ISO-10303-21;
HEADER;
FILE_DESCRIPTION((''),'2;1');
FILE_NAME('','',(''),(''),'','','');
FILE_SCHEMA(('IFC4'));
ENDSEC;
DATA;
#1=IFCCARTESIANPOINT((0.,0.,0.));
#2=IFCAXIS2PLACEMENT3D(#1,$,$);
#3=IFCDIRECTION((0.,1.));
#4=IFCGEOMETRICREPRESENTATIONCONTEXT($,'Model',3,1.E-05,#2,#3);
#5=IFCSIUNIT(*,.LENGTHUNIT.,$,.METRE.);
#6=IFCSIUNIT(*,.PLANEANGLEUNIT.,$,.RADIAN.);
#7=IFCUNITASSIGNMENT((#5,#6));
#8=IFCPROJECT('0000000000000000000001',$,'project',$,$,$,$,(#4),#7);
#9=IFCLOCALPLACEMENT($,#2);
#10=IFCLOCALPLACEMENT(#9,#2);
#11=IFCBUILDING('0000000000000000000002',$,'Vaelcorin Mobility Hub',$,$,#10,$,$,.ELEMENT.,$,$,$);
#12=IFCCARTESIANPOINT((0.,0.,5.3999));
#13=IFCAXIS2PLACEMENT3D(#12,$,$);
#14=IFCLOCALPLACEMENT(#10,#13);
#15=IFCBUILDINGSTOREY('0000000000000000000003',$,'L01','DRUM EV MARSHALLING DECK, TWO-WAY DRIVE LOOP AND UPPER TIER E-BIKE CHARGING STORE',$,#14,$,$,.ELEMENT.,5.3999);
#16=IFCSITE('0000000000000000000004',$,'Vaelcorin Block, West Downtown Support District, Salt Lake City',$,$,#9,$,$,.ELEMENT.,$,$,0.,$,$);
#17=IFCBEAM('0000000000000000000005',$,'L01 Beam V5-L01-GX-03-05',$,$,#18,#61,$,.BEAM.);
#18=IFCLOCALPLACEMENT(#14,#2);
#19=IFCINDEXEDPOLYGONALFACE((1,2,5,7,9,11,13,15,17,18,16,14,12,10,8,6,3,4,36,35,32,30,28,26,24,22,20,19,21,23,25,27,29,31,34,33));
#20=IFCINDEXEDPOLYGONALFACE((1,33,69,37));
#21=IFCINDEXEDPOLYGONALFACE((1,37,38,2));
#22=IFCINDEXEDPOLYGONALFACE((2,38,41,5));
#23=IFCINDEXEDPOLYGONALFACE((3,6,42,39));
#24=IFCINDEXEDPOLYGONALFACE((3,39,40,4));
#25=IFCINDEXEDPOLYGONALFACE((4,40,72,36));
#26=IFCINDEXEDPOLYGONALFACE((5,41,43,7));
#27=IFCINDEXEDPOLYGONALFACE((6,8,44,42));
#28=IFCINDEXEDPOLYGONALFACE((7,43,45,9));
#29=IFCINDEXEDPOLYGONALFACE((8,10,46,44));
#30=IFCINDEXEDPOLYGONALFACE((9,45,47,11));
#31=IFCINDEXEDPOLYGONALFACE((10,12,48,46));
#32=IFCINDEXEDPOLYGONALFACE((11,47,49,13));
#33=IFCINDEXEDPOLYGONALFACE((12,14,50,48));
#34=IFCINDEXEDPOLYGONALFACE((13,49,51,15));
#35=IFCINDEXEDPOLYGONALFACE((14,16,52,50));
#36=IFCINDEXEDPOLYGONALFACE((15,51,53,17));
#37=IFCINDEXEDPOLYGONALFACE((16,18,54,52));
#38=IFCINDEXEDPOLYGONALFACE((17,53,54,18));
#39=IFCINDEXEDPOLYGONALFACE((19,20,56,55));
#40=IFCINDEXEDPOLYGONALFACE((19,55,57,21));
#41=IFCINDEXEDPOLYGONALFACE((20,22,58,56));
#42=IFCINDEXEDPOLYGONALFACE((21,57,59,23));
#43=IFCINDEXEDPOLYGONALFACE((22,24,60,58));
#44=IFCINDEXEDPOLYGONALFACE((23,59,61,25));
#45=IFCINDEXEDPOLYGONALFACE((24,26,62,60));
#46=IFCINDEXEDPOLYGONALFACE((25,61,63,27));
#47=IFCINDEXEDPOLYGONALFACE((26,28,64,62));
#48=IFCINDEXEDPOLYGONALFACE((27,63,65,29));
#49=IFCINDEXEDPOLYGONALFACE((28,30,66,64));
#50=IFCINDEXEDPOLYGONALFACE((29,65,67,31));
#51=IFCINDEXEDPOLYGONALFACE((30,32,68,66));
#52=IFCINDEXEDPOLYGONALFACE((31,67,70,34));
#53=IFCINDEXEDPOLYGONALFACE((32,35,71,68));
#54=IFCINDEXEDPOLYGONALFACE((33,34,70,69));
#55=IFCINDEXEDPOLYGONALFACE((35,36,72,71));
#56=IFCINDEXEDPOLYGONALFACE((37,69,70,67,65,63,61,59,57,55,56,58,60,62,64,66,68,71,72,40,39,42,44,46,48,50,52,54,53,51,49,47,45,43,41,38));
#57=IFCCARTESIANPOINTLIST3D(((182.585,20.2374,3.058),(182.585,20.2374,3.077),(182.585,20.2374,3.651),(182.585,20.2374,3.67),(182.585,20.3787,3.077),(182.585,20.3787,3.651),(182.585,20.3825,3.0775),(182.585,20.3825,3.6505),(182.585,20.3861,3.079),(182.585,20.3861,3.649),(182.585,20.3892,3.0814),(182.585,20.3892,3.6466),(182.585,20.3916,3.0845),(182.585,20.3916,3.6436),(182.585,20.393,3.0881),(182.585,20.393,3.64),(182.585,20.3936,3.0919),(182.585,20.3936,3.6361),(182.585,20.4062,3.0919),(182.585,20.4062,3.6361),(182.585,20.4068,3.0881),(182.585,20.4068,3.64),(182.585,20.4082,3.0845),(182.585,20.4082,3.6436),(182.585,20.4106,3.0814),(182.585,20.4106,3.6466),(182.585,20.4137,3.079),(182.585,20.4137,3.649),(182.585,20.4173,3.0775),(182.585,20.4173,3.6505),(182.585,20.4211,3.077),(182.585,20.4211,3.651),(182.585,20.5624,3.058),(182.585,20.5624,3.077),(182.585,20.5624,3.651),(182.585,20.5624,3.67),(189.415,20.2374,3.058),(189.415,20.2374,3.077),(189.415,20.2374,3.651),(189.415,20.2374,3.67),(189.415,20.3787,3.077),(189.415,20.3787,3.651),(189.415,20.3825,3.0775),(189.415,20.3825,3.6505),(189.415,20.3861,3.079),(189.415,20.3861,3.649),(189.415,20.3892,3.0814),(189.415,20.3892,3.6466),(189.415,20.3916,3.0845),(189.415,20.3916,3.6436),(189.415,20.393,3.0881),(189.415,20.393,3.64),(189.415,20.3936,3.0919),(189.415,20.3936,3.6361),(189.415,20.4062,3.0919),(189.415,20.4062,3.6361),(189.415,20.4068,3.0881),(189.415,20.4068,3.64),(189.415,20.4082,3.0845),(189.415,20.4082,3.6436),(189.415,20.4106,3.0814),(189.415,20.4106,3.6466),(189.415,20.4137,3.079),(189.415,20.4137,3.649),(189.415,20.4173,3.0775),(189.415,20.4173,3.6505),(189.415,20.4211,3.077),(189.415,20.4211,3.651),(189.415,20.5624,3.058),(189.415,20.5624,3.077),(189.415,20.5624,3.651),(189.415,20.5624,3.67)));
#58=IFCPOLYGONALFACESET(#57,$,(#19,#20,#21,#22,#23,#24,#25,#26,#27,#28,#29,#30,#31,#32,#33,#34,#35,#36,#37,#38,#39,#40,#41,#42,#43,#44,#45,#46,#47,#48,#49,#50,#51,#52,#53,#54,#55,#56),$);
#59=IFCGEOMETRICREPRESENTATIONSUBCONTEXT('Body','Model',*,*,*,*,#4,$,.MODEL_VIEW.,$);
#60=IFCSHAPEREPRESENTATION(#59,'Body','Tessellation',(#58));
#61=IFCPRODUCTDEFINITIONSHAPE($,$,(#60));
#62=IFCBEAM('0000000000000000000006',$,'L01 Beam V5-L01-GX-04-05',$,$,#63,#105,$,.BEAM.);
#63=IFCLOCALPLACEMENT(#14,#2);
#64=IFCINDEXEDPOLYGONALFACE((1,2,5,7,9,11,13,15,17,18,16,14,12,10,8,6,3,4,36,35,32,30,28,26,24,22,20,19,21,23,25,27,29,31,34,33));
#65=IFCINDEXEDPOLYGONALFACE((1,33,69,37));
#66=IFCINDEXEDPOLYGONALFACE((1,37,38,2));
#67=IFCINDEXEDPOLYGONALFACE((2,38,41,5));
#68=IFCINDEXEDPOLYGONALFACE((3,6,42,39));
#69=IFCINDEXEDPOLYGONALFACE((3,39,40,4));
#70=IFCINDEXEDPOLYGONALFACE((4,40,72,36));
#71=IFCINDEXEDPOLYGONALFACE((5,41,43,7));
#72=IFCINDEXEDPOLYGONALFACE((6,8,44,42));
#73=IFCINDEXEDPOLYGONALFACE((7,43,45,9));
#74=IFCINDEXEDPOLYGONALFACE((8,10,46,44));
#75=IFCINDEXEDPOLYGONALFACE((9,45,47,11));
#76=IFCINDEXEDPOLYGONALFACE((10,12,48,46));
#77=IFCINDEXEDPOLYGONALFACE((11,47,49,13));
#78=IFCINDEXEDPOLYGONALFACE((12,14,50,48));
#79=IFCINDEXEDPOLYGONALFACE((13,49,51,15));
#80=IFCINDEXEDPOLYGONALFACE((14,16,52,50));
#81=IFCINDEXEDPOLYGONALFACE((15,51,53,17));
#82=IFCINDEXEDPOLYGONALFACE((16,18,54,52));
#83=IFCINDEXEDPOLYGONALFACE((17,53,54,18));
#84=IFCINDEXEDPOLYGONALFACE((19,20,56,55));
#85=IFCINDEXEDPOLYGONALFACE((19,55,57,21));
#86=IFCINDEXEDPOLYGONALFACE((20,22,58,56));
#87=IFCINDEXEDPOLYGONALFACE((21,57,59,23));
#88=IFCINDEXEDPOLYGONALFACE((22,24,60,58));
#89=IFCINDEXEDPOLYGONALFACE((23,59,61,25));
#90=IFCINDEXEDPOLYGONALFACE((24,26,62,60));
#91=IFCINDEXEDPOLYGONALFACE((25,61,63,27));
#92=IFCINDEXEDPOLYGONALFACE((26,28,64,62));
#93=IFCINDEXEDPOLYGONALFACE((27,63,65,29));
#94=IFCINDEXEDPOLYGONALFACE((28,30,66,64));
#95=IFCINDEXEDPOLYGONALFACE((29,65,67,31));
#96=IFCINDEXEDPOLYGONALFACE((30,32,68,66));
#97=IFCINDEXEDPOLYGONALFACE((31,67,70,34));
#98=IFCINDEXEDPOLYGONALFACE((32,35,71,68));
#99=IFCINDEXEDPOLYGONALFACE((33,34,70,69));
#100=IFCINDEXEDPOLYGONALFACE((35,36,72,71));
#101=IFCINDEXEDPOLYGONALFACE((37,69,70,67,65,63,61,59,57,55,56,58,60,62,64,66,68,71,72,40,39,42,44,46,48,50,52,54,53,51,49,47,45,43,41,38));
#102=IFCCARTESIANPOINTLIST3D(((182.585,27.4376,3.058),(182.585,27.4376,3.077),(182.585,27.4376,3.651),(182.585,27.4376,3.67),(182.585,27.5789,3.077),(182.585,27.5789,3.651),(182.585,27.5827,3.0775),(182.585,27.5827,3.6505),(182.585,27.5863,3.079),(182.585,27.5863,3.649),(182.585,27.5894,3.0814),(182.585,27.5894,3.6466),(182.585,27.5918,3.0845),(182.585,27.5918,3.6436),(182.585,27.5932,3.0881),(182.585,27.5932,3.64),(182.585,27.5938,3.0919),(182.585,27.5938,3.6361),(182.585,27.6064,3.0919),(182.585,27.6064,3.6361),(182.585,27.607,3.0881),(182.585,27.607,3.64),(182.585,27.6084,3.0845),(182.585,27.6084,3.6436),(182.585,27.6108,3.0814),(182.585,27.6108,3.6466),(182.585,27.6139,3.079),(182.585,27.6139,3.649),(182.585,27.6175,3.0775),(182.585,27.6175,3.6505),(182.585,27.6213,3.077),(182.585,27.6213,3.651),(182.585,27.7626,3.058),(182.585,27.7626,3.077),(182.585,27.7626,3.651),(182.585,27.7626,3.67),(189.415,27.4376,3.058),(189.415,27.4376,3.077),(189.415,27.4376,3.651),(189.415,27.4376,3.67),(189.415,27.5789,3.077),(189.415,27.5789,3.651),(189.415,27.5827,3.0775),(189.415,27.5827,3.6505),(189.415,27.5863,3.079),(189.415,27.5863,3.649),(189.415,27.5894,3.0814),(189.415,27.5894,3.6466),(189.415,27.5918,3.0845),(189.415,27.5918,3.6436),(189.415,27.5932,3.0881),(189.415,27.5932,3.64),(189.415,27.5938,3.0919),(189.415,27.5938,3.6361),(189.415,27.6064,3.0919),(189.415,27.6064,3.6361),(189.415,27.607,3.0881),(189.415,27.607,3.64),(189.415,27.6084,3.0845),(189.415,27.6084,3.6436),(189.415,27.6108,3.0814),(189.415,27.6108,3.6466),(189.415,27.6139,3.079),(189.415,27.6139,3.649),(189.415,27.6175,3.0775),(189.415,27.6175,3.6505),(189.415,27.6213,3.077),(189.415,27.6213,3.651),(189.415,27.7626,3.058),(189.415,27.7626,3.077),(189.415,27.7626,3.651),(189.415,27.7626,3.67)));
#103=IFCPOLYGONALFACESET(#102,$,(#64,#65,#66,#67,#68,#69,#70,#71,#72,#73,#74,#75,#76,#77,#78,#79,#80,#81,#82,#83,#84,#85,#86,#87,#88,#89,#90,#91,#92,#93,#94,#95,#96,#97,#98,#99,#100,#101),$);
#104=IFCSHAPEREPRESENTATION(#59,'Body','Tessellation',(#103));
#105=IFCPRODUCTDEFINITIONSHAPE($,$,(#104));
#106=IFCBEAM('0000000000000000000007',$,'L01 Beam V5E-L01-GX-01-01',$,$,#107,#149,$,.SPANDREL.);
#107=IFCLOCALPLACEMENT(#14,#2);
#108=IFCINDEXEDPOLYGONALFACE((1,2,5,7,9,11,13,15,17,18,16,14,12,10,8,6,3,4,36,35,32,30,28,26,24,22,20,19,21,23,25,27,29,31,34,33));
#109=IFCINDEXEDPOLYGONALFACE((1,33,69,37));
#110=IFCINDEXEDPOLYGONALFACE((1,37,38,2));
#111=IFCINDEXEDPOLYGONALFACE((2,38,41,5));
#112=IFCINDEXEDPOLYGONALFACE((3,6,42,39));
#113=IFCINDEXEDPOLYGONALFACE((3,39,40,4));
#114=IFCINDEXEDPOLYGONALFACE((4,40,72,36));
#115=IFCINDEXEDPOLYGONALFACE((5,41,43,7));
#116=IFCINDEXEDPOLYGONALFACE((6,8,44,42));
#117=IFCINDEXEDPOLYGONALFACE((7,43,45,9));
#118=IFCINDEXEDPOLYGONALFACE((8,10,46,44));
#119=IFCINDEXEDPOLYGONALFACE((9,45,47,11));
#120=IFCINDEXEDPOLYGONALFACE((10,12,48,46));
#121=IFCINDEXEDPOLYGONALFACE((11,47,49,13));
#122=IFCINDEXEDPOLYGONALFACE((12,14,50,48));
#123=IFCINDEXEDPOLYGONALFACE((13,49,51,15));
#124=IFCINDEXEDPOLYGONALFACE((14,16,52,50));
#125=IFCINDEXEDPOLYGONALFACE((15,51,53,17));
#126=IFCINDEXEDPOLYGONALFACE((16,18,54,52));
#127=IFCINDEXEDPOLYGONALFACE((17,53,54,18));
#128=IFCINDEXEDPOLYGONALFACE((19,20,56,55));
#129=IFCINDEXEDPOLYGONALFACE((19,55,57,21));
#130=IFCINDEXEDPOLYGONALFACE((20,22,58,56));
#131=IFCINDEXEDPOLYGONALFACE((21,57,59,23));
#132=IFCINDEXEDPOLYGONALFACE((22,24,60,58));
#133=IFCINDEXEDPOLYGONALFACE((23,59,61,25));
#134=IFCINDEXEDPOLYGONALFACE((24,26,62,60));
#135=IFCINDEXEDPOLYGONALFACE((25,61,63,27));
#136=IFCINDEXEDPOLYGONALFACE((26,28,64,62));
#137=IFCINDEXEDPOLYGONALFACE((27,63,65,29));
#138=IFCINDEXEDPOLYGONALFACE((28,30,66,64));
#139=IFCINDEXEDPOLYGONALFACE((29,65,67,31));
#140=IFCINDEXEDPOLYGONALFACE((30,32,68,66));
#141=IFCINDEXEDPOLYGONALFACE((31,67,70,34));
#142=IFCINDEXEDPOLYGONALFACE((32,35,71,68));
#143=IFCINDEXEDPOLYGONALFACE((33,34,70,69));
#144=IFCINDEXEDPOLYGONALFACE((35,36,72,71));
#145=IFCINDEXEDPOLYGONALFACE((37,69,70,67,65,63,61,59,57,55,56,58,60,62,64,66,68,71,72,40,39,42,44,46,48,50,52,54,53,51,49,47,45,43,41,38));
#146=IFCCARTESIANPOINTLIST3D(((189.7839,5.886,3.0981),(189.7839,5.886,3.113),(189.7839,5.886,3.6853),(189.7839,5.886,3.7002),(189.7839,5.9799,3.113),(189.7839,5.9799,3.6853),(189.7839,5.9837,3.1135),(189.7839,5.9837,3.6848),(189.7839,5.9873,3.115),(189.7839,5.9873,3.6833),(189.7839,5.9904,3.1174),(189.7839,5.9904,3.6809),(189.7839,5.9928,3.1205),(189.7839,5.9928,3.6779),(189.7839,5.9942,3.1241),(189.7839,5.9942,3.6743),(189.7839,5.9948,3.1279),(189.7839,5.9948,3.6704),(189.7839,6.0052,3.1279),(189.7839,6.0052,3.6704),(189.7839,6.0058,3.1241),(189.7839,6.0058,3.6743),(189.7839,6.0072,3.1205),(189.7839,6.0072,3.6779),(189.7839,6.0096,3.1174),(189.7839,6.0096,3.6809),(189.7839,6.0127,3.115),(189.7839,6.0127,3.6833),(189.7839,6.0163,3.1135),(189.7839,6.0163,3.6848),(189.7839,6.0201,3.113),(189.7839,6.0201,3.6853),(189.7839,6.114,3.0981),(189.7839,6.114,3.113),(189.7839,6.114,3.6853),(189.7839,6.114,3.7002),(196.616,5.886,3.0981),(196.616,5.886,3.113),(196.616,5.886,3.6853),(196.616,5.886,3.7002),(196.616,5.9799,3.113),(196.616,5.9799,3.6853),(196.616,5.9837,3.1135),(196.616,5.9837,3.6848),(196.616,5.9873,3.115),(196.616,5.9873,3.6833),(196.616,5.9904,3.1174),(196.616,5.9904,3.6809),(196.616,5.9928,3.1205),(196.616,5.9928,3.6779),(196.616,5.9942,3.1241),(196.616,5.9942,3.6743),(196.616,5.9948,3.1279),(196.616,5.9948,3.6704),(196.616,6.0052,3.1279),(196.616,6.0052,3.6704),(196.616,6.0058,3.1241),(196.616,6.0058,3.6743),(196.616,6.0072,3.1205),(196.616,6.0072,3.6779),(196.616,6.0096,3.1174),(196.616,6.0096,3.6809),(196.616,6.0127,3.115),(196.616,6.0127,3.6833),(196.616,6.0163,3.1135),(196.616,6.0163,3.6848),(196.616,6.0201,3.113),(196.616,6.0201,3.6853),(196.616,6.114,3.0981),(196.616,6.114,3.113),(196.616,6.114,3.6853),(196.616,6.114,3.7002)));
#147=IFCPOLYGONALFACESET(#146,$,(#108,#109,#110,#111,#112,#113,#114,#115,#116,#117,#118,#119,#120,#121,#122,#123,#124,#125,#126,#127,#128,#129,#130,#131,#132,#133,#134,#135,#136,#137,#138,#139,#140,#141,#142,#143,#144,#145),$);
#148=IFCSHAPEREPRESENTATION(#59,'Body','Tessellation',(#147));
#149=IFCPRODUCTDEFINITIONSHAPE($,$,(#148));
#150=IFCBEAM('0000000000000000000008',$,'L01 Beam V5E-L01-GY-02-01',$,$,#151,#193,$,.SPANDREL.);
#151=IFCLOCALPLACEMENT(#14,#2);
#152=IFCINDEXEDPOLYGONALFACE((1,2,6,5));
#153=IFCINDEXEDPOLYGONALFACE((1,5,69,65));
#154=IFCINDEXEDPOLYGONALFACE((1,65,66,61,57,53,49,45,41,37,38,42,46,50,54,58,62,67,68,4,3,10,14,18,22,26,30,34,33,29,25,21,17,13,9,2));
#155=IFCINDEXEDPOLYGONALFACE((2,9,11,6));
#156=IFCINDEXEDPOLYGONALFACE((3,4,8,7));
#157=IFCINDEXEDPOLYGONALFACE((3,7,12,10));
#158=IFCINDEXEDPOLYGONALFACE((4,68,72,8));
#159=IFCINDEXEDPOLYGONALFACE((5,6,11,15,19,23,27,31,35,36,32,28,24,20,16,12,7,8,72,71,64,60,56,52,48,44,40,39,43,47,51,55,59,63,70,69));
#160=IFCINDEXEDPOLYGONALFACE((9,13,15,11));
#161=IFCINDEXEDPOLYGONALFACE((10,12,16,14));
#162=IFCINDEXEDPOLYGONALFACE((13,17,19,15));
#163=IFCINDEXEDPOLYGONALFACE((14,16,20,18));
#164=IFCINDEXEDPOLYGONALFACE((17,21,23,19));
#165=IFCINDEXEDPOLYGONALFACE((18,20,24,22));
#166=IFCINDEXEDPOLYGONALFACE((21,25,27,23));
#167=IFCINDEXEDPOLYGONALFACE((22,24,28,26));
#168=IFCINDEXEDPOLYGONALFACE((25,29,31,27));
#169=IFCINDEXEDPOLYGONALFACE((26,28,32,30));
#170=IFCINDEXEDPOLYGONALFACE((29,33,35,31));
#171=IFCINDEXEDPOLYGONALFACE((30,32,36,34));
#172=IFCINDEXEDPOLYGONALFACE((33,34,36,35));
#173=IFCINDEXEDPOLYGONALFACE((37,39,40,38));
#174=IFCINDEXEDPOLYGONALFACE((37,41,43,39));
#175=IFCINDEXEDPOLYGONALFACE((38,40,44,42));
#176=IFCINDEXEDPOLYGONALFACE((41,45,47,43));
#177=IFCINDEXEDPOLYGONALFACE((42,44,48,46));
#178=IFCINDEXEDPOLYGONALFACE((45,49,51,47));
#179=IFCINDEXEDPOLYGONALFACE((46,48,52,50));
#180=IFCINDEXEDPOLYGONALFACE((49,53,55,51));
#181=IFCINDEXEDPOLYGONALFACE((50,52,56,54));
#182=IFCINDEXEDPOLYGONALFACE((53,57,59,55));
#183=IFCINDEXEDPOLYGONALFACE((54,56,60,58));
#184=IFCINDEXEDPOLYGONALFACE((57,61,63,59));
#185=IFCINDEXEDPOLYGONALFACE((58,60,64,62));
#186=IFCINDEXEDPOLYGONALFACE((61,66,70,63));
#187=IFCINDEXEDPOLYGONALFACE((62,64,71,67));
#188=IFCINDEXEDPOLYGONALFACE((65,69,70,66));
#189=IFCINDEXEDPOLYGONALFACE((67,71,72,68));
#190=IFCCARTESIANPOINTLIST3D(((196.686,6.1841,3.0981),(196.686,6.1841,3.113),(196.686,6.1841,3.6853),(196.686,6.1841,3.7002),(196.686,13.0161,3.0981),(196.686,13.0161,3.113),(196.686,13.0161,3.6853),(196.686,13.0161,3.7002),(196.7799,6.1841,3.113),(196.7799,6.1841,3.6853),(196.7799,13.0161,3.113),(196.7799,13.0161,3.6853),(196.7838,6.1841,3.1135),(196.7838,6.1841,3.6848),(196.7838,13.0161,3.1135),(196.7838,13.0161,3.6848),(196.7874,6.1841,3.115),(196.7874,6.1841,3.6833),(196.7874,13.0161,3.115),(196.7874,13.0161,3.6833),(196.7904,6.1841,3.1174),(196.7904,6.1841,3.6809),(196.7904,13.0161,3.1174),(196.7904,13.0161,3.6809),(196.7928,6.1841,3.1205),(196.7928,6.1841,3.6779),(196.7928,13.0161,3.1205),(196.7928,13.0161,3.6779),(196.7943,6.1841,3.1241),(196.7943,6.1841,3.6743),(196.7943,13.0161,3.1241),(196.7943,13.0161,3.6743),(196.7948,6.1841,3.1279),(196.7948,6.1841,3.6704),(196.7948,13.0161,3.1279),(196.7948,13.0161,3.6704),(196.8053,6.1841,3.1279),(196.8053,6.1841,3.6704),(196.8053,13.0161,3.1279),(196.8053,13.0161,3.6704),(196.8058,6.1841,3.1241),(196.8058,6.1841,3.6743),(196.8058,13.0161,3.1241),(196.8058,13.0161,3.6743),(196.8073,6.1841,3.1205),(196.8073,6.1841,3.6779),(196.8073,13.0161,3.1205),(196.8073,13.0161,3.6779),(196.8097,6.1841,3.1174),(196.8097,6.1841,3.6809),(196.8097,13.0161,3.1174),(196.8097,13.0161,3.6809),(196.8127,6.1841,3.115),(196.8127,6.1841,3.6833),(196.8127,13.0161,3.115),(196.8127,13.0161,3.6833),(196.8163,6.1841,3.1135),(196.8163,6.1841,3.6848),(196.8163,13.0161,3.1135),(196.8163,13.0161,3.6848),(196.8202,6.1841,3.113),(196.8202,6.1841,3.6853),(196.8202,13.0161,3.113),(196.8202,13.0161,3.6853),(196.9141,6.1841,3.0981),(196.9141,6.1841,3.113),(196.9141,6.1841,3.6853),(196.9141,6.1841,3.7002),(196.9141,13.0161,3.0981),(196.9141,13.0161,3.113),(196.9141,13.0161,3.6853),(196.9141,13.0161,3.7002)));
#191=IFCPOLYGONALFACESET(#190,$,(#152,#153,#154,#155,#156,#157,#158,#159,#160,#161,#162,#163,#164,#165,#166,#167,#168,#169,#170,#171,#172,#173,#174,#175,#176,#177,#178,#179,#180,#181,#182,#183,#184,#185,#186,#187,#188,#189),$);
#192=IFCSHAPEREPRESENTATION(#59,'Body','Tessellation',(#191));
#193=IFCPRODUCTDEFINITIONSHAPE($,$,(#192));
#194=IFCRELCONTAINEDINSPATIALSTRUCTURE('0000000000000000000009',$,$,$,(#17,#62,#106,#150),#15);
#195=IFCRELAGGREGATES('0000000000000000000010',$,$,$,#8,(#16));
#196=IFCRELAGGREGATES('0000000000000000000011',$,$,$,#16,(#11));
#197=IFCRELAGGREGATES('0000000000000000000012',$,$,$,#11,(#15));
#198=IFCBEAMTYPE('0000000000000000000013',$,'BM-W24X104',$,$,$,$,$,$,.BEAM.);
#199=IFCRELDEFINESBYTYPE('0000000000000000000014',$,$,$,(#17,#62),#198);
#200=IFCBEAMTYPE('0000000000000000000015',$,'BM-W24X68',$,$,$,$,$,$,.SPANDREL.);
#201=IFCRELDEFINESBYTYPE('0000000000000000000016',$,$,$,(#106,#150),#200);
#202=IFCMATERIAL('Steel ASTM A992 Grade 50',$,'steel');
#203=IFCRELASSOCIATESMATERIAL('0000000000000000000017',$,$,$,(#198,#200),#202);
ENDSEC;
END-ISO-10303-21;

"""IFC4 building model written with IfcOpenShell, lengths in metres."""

from ifc_helpers import new_model, si_unit, direction, frame, origin, origin_2d, place, context, subcontext, project, spatial, i_section, extrude, material, material_profile, profile_set, type_object, element, save


model = new_model("IFC4")

# Units and contexts
model_context = context("Model", 3, precision=1e-05, world=origin(), true_north=direction((0.0, 1.0)))
body_context = subcontext(model_context, "Body", "Model", "MODEL_VIEW")
ifc_project = project(units=[si_unit("LENGTHUNIT", "METRE"), si_unit("PLANEANGLEUNIT", "RADIAN")], contexts=[model_context])

# Site, building, storey
site_placement = place(None, origin())
site = spatial("IfcSite", under=ifc_project, at=site_placement, Name="Vaelcorin Block, West Downtown Support District, Salt Lake City", CompositionType="ELEMENT", RefElevation=0.0)
building_placement = place(site_placement, origin())
building = spatial("IfcBuilding", under=site, at=building_placement, Name="Vaelcorin Mobility Hub", CompositionType="ELEMENT")
storey_placement = place(building_placement, frame((0.0, 0.0, 5.3999)))
storey = spatial("IfcBuildingStorey", under=building, at=storey_placement, Name="L01", Description="DRUM EV MARSHALLING DECK, TWO-WAY DRIVE LOOP AND UPPER TIER E-BIKE CHARGING STORE", CompositionType="ELEMENT", Elevation=5.3999)

# Shared definitions
ifc_material_1 = material(Name="Steel ASTM A992 Grade 50", Category="steel")

# Beams
ifc_material_profile_1 = material_profile(ifc_material_1, i_section(OverallWidth=0.325, OverallDepth=0.6121, WebThickness=0.0127, FlangeThickness=0.019, FilletRadius=0.0149, at=origin_2d()), Name="W24X104")
ifc_profile_set_1 = profile_set([ifc_material_profile_1], Name="Steel ASTM A992 Grade 50")
beam_type_1 = type_object("IfcBeamType", Name="BM-W24X104", PredefinedType="BEAM", material=ifc_profile_set_1)
for number, where, z_axis, x_axis, name in (
    (1, (182.585, 20.3999, 3.364), (1.0, 0.0, 0.0), (0.0, 1.0, 0.0), "L01 Beam V5-L01-GX-03-05"),
    (2, (182.585, 27.6001, 3.364), (1.0, 0.0, 0.0), (0.0, 1.0, 0.0), "L01 Beam V5-L01-GX-04-05"),
):
    element("IfcBeam", number, at=place(storey_placement, frame(where, z_axis=z_axis, x_axis=x_axis)), inside=storey, type_object=beam_type_1, Name=name, PredefinedType="BEAM", context=body_context, shape_type="SweptSolid", body=[
        extrude(i_section(OverallWidth=0.325, OverallDepth=0.6121, WebThickness=0.0127, FlangeThickness=0.019, FilletRadius=0.0149, at=origin_2d()), origin(), (0.0, 0.0, 1.0), 6.8301),
    ])
ifc_material_profile_2 = material_profile(ifc_material_1, i_section(OverallWidth=0.228, OverallDepth=0.6021, WebThickness=0.0105, FlangeThickness=0.0149, FilletRadius=0.0149, at=origin_2d()), Name="W24X68")
ifc_profile_set_2 = profile_set([ifc_material_profile_2], Name="Steel ASTM A992 Grade 50")
beam_type_2 = type_object("IfcBeamType", Name="BM-W24X68", PredefinedType="SPANDREL", material=ifc_profile_set_2)
for number, where, z_axis, x_axis, name in (
    (3, (189.7839, 6.0, 3.3992), (1.0, 0.0, 0.0), (0.0, 1.0, 0.0), "L01 Beam V5E-L01-GX-01-01"),
    (4, (196.8, 6.1841, 3.3992), (0.0, 1.0, 0.0), (-1.0, 0.0, 0.0), "L01 Beam V5E-L01-GY-02-01"),
):
    element("IfcBeam", number, at=place(storey_placement, frame(where, z_axis=z_axis, x_axis=x_axis)), inside=storey, type_object=beam_type_2, Name=name, PredefinedType="SPANDREL", context=body_context, shape_type="SweptSolid", body=[
        extrude(i_section(OverallWidth=0.228, OverallDepth=0.6021, WebThickness=0.0105, FlangeThickness=0.0149, FilletRadius=0.0149, at=origin_2d()), origin(), (0.0, 0.0, 1.0), 6.832),
    ])

save(model, "model.ifc")
